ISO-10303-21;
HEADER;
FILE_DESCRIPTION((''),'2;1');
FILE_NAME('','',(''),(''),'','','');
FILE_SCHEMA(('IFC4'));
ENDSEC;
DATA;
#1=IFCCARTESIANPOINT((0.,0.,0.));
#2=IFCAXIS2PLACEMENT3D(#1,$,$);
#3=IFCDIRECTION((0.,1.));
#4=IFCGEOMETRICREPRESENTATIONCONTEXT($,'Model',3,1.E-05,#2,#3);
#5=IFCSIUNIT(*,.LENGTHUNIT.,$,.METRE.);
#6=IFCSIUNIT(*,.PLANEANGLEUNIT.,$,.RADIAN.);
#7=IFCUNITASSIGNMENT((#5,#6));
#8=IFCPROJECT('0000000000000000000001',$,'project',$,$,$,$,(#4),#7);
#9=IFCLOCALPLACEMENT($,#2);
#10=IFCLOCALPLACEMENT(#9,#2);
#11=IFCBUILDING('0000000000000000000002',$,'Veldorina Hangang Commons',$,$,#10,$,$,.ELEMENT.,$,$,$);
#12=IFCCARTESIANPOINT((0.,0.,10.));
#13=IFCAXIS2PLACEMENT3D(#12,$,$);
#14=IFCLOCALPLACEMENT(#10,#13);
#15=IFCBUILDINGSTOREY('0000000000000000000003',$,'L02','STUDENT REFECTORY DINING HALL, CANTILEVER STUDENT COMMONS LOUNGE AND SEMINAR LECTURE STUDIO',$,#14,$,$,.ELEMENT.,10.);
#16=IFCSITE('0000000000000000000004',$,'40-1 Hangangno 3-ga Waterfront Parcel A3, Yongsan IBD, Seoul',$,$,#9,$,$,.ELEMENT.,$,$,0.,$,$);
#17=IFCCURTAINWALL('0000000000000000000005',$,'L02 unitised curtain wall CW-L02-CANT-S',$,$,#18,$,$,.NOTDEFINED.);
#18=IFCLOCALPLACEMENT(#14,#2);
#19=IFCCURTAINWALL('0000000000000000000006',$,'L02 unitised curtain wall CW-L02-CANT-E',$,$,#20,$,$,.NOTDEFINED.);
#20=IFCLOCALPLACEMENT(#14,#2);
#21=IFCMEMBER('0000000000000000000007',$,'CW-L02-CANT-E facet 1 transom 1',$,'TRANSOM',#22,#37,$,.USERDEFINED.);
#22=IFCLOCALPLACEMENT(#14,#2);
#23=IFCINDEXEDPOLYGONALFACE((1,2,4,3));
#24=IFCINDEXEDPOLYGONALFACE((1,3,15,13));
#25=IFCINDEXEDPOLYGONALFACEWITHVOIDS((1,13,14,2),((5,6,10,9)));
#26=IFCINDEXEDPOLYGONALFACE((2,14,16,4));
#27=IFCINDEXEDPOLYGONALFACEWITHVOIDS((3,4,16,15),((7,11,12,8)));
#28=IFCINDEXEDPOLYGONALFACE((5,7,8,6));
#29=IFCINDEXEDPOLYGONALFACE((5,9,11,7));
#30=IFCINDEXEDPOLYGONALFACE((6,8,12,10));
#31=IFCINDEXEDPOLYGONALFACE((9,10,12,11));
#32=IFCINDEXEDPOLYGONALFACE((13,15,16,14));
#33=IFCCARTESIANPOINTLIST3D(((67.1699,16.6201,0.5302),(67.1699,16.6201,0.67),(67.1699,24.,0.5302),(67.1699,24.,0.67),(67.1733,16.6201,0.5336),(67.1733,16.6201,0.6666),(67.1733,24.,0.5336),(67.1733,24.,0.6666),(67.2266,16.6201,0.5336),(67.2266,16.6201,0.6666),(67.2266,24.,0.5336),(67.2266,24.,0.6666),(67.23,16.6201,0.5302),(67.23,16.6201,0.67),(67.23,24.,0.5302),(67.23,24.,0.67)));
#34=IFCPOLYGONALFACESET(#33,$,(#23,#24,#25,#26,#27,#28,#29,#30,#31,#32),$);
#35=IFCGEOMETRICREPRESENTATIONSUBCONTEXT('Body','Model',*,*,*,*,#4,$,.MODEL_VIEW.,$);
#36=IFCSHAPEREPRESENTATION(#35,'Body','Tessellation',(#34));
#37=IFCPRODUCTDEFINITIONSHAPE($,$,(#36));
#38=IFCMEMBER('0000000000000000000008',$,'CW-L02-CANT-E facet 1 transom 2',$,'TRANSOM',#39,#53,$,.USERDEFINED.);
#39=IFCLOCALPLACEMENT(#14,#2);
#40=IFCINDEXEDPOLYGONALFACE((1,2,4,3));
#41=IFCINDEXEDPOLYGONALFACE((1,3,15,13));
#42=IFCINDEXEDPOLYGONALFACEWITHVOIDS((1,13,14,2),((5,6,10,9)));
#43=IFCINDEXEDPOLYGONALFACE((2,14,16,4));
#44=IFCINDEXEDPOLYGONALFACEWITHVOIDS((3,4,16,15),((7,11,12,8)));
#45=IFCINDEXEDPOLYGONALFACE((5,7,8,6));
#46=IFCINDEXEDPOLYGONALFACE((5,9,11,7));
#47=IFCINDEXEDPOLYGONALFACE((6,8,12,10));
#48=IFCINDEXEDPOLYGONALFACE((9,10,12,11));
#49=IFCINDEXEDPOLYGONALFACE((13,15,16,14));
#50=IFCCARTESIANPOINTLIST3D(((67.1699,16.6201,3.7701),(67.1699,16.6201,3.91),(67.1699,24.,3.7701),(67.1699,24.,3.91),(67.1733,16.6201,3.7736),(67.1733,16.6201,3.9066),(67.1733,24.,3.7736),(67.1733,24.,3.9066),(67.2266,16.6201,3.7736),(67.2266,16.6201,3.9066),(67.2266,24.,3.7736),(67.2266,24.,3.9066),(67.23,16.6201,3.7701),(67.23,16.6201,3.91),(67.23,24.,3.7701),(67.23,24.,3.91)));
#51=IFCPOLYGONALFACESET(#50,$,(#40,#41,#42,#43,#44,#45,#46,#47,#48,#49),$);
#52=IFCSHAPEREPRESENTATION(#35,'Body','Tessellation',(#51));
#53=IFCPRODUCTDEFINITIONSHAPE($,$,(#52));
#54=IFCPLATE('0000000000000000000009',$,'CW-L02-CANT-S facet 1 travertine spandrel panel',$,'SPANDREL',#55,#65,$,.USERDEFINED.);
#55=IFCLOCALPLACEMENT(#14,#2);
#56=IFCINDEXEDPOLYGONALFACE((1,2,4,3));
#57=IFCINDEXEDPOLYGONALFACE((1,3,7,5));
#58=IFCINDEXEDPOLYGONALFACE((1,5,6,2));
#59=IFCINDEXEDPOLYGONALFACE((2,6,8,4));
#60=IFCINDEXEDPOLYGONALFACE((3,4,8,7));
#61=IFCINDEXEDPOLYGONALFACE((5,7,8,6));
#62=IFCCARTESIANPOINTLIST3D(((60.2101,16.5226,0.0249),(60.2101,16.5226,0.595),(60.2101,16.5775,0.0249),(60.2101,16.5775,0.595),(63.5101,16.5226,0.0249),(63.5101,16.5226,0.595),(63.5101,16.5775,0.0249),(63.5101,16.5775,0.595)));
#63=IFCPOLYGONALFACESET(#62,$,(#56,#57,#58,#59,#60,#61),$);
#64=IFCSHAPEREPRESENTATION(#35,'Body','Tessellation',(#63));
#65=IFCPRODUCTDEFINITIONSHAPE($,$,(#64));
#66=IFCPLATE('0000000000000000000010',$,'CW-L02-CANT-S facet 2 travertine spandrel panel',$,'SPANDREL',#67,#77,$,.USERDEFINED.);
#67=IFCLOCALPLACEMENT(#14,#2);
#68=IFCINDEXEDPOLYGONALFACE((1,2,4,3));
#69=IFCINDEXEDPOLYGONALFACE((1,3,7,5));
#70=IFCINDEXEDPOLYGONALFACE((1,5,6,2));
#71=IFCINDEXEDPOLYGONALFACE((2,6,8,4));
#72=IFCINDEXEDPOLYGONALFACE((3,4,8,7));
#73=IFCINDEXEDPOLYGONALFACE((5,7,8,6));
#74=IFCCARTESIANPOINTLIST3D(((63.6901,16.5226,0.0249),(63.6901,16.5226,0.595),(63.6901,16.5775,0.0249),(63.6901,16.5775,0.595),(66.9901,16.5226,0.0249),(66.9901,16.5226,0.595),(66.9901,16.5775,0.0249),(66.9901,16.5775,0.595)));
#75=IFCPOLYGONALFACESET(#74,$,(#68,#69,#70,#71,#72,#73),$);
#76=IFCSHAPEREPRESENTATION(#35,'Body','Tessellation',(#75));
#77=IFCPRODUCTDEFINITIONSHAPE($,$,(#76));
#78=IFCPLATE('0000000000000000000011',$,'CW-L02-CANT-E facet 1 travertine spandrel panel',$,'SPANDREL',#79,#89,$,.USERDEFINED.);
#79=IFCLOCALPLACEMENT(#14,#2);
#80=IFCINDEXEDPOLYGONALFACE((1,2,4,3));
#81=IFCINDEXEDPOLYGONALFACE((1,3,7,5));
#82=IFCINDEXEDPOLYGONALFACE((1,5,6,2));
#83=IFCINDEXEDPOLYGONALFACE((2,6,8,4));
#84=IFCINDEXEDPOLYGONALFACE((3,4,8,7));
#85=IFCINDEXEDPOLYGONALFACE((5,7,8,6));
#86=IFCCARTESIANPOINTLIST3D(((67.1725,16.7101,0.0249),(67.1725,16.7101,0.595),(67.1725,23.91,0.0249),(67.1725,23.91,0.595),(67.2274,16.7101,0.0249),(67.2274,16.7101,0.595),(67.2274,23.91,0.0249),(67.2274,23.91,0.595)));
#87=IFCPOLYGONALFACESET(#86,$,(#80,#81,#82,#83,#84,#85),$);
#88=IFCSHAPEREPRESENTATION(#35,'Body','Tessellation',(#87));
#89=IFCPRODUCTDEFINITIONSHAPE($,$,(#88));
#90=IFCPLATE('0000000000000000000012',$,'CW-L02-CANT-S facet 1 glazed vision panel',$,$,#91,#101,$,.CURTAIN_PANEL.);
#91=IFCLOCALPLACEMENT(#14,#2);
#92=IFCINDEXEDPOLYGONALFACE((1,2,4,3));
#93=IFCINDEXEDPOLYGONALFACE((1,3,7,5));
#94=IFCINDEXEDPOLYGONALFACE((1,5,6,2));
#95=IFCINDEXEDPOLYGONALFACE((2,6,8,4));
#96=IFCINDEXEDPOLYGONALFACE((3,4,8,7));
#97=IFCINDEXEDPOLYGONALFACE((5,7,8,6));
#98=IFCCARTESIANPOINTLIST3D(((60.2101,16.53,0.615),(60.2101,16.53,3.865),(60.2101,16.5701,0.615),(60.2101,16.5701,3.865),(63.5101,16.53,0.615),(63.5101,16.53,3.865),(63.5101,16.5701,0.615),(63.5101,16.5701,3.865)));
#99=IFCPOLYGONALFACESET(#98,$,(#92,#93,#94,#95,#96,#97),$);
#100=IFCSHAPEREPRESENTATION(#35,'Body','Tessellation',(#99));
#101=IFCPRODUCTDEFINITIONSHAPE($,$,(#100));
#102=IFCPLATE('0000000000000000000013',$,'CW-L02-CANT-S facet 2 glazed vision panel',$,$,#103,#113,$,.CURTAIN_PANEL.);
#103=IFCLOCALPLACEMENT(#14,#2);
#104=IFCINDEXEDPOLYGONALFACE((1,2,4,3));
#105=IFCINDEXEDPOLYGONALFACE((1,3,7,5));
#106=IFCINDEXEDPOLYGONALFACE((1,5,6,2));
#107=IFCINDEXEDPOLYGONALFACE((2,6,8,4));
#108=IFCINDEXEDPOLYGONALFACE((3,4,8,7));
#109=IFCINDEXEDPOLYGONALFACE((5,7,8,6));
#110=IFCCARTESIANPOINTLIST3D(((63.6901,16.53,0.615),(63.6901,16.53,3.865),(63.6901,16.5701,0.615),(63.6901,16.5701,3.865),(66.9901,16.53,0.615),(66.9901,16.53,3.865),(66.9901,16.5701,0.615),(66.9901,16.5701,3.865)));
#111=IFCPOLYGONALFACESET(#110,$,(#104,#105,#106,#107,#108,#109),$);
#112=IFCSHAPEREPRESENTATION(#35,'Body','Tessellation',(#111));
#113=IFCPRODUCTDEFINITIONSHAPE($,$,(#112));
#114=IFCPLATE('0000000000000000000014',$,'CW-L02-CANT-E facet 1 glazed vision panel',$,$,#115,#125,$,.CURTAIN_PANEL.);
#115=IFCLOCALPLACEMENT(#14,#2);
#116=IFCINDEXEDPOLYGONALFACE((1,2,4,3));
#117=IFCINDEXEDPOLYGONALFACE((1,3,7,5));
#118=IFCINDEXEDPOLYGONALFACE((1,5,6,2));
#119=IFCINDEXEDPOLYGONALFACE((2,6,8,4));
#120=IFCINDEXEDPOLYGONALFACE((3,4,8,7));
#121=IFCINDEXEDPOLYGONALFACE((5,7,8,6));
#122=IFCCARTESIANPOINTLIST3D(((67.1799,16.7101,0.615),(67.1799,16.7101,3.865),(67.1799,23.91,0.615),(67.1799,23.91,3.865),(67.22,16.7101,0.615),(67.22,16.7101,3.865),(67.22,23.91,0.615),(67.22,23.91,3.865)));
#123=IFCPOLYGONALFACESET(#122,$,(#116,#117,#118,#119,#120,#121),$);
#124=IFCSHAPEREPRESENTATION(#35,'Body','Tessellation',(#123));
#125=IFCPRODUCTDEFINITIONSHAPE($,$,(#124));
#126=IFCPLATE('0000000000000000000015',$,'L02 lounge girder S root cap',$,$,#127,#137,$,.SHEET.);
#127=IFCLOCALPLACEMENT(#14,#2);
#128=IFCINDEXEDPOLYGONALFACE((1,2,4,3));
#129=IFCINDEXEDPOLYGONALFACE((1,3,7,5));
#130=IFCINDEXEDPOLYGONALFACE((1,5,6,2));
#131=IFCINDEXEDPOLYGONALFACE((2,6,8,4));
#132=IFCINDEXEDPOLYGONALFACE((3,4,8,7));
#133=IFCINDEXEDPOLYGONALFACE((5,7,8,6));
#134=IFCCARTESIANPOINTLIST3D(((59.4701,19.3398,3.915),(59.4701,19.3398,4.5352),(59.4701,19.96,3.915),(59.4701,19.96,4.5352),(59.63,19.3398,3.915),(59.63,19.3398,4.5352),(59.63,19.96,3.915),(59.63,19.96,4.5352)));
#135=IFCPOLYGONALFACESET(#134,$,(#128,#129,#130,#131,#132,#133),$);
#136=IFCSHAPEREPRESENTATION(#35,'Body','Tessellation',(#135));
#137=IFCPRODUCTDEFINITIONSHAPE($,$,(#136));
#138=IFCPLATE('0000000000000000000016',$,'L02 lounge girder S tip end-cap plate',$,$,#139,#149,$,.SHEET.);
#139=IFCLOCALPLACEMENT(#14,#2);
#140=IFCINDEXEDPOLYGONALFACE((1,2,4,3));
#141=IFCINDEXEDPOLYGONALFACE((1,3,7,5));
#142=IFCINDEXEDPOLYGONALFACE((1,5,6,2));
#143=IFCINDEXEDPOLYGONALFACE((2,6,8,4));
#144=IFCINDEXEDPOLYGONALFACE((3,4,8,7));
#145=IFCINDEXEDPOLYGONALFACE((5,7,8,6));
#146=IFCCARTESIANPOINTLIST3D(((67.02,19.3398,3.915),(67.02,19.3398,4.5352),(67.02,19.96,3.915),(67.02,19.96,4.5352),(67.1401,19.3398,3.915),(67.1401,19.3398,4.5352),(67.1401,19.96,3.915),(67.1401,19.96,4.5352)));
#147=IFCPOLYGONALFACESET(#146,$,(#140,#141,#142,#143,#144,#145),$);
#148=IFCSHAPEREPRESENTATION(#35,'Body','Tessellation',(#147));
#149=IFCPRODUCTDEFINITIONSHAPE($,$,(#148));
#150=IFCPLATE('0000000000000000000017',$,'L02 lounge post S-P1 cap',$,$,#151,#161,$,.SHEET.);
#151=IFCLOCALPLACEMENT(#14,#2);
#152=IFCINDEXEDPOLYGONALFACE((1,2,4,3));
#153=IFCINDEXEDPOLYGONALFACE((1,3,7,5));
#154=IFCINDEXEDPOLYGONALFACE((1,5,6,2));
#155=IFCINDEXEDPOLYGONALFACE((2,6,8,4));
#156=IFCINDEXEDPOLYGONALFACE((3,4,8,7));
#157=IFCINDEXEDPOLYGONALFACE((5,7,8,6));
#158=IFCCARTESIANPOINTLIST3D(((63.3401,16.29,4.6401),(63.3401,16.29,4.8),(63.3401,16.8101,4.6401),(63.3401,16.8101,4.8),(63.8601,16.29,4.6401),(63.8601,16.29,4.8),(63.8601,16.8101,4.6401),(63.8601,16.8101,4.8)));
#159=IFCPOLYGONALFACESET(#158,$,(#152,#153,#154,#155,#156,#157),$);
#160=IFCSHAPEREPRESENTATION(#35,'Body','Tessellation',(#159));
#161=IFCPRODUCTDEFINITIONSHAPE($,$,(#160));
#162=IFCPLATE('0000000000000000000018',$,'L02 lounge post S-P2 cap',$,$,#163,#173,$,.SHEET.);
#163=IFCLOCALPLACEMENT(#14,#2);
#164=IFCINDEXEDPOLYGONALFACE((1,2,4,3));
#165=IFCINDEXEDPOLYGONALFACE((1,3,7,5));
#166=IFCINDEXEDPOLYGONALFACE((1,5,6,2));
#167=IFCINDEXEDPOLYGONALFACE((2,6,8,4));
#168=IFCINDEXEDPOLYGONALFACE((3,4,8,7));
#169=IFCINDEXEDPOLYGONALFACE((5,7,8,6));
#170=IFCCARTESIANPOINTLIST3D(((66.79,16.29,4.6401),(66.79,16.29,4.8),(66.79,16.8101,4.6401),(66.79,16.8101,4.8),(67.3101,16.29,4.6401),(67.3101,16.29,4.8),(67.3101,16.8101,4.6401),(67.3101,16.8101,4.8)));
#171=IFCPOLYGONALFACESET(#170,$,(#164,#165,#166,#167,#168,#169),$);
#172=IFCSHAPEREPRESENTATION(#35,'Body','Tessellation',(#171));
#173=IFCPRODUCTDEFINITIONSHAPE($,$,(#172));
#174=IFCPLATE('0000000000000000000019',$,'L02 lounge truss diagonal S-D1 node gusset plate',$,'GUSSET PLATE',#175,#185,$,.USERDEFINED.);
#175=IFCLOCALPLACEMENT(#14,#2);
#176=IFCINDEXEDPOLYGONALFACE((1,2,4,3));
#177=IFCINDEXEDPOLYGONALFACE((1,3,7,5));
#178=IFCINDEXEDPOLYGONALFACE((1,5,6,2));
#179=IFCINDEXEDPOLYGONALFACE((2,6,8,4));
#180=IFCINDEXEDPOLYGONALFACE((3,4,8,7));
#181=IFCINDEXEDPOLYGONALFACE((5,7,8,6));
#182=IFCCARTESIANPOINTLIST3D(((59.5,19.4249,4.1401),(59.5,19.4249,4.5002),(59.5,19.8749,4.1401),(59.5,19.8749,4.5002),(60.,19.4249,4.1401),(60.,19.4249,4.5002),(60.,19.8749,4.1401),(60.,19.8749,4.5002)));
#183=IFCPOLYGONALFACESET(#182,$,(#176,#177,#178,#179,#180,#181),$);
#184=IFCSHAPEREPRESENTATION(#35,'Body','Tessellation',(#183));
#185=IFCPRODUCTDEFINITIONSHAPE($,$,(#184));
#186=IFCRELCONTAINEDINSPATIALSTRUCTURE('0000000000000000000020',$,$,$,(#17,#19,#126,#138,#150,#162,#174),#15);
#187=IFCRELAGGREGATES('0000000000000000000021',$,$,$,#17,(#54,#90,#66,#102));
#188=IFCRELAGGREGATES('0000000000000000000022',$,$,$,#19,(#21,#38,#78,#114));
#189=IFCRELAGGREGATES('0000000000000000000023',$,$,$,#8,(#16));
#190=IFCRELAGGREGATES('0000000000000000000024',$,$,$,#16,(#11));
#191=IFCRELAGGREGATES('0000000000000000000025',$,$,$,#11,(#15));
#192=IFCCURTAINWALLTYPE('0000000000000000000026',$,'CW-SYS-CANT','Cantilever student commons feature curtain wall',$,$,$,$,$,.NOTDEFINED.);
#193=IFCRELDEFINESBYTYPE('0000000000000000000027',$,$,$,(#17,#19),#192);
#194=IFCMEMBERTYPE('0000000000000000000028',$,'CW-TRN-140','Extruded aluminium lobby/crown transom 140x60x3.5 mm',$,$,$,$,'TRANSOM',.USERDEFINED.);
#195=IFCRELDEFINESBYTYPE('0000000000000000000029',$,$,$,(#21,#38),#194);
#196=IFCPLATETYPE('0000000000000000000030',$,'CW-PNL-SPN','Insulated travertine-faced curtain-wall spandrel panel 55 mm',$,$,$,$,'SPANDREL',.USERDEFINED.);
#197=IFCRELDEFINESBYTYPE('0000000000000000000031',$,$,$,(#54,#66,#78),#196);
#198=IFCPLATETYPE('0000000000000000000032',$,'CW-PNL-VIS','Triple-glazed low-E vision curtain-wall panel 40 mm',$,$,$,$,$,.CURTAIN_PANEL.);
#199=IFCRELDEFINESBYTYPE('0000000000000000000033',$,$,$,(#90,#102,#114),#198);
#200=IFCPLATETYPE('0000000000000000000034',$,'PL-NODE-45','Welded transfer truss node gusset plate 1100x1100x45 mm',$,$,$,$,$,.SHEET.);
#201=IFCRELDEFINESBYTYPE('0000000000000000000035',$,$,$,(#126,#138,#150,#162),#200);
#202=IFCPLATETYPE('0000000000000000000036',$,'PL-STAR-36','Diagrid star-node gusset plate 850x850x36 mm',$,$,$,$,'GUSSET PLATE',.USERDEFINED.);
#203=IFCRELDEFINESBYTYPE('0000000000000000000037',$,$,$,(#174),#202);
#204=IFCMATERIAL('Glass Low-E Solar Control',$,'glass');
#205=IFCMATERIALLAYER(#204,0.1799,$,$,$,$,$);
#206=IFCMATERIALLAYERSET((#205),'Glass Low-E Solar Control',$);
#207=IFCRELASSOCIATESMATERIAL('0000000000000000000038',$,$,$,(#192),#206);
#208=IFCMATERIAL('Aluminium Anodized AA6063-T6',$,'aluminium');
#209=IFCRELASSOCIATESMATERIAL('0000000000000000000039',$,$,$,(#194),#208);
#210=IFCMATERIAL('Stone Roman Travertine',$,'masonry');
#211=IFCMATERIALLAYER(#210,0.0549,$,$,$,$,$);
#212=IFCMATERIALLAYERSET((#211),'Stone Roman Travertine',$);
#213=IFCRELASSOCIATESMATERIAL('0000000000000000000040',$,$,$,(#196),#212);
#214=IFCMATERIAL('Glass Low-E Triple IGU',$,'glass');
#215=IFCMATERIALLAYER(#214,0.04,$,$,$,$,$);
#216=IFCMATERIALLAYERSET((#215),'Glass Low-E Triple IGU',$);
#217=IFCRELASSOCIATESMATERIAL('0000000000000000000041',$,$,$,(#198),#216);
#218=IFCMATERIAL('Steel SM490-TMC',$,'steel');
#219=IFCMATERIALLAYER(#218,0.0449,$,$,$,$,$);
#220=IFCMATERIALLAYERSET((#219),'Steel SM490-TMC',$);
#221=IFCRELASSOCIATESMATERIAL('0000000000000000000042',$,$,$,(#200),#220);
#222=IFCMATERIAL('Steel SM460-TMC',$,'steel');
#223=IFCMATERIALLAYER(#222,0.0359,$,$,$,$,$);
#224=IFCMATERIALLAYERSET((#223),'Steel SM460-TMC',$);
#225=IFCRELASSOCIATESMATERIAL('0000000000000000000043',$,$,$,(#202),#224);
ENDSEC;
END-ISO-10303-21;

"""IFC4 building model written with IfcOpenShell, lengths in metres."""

from ifc_helpers import new_model, si_unit, direction, frame, origin, origin_2d, place, context, subcontext, project, spatial, rectangle, hollow_rectangle, extrude, material, layer, layer_set, material_profile, profile_set, type_object, element, aggregate, save


model = new_model("IFC4")

# Units and contexts
model_context = context("Model", 3, precision=1e-05, world=origin(), true_north=direction((0.0, 1.0)))
body_context = subcontext(model_context, "Body", "Model", "MODEL_VIEW")
ifc_project = project(units=[si_unit("LENGTHUNIT", "METRE"), si_unit("PLANEANGLEUNIT", "RADIAN")], contexts=[model_context])

# Site, building, storey
site_placement = place(None, origin())
site = spatial("IfcSite", under=ifc_project, at=site_placement, Name="40-1 Hangangno 3-ga Waterfront Parcel A3, Yongsan IBD, Seoul", CompositionType="ELEMENT", RefElevation=0.0)
building_placement = place(site_placement, origin())
building = spatial("IfcBuilding", under=site, at=building_placement, Name="Veldorina Hangang Commons", CompositionType="ELEMENT")
storey_placement = place(building_placement, frame((0.0, 0.0, 10.0)))
storey = spatial("IfcBuildingStorey", under=building, at=storey_placement, Name="L02", Description="STUDENT REFECTORY DINING HALL, CANTILEVER STUDENT COMMONS LOUNGE AND SEMINAR LECTURE STUDIO", CompositionType="ELEMENT", Elevation=10.0)

# Curtain wall
ifc_material_1 = material(Name="Glass Low-E Solar Control", Category="glass")
ifc_layer_1 = layer(ifc_material_1, 0.1799)
ifc_layer_set_1 = layer_set([ifc_layer_1], Name="Glass Low-E Solar Control")
curtain_wall_type = type_object("IfcCurtainWallType", Name="CW-SYS-CANT", Description="Cantilever student commons feature curtain wall", PredefinedType="NOTDEFINED", material=ifc_layer_set_1)
curtain_wall_1_placement = place(storey_placement, origin())
curtain_wall_1 = element("IfcCurtainWall", 1, at=curtain_wall_1_placement, inside=storey, type_object=curtain_wall_type, Name="L02 unitised curtain wall CW-L02-CANT-S", PredefinedType="NOTDEFINED")
ifc_material_2 = material(Name="Aluminium Anodized AA6063-T6", Category="aluminium")

# Curtain wall
curtain_wall_2_placement = place(storey_placement, origin())
curtain_wall_2 = element("IfcCurtainWall", 2, at=curtain_wall_2_placement, inside=storey, type_object=curtain_wall_type, Name="L02 unitised curtain wall CW-L02-CANT-E", PredefinedType="NOTDEFINED")

# Members
ifc_material_profile_1 = material_profile(ifc_material_2, hollow_rectangle(XDim=0.0601, YDim=0.1399, WallThickness=0.0034, at=origin_2d()), Name="ALU-RHS-140x60x3.5")
ifc_profile_set_1 = profile_set([ifc_material_profile_1], Name="Aluminium Anodized AA6063-T6")
member_type_1 = type_object("IfcMemberType", Name="CW-TRN-140", Description="Extruded aluminium lobby/crown transom 140x60x3.5 mm", ElementType="TRANSOM", PredefinedType="USERDEFINED", material=ifc_profile_set_1)
member_1_placement = place(storey_placement, frame((67.2, 16.6201, 0.6001), z_axis=(0.0, 1.0, 0.0), x_axis=(-1.0, 0.0, 0.0)))
member_1 = element("IfcMember", 3, at=member_1_placement, type_object=member_type_1, Name="CW-L02-CANT-E facet 1 transom 1", ObjectType="TRANSOM", PredefinedType="USERDEFINED", context=body_context, shape_type="SweptSolid", body=[
    extrude(hollow_rectangle(XDim=0.0601, YDim=0.1399, WallThickness=0.0034, at=origin_2d()), origin(), (0.0, 0.0, 1.0), 7.3799),
])
member_2_placement = place(storey_placement, frame((67.2, 16.6201, 3.8401), z_axis=(0.0, 1.0, 0.0), x_axis=(-1.0, 0.0, 0.0)))
member_2 = element("IfcMember", 4, at=member_2_placement, type_object=member_type_1, Name="CW-L02-CANT-E facet 1 transom 2", ObjectType="TRANSOM", PredefinedType="USERDEFINED", context=body_context, shape_type="SweptSolid", body=[
    extrude(hollow_rectangle(XDim=0.0601, YDim=0.1399, WallThickness=0.0034, at=origin_2d()), origin(), (0.0, 0.0, 1.0), 7.3799),
])

# Plates
ifc_material_3 = material(Name="Stone Roman Travertine", Category="masonry")
ifc_layer_2 = layer(ifc_material_3, 0.0549)
ifc_layer_set_2 = layer_set([ifc_layer_2], Name="Stone Roman Travertine")
plate_type_1 = type_object("IfcPlateType", Name="CW-PNL-SPN", Description="Insulated travertine-faced curtain-wall spandrel panel 55 mm", ElementType="SPANDREL", PredefinedType="USERDEFINED", material=ifc_layer_set_2)
plate_1_placement = place(storey_placement, frame((61.8601, 16.55, 0.0249), z_axis=(0.0, 0.0, 1.0), x_axis=(1.0, 0.0, 0.0)))
plate_1 = element("IfcPlate", 5, at=plate_1_placement, type_object=plate_type_1, Name="CW-L02-CANT-S facet 1 travertine spandrel panel", ObjectType="SPANDREL", PredefinedType="USERDEFINED", context=body_context, shape_type="SweptSolid", body=[
    extrude(rectangle(XDim=3.3, YDim=0.0549, at=origin_2d()), origin(), (0.0, 0.0, 1.0), 0.5701),
])
plate_2_placement = place(storey_placement, frame((65.3401, 16.55, 0.0249), z_axis=(0.0, 0.0, 1.0), x_axis=(1.0, 0.0, 0.0)))
plate_2 = element("IfcPlate", 6, at=plate_2_placement, type_object=plate_type_1, Name="CW-L02-CANT-S facet 2 travertine spandrel panel", ObjectType="SPANDREL", PredefinedType="USERDEFINED", context=body_context, shape_type="SweptSolid", body=[
    extrude(rectangle(XDim=3.3, YDim=0.0549, at=origin_2d()), origin(), (0.0, 0.0, 1.0), 0.5701),
])
plate_3_placement = place(storey_placement, frame((67.2, 20.3101, 0.0249), z_axis=(0.0, 0.0, 1.0), x_axis=(0.0, 1.0, 0.0)))
plate_3 = element("IfcPlate", 7, at=plate_3_placement, type_object=plate_type_1, Name="CW-L02-CANT-E facet 1 travertine spandrel panel", ObjectType="SPANDREL", PredefinedType="USERDEFINED", context=body_context, shape_type="SweptSolid", body=[
    extrude(rectangle(XDim=7.2, YDim=0.0549, at=origin_2d()), origin(), (0.0, 0.0, 1.0), 0.5701),
])
ifc_material_4 = material(Name="Glass Low-E Triple IGU", Category="glass")
ifc_layer_3 = layer(ifc_material_4, 0.04)
ifc_layer_set_3 = layer_set([ifc_layer_3], Name="Glass Low-E Triple IGU")
plate_type_2 = type_object("IfcPlateType", Name="CW-PNL-VIS", Description="Triple-glazed low-E vision curtain-wall panel 40 mm", PredefinedType="CURTAIN_PANEL", material=ifc_layer_set_3)
plate_4_placement = place(storey_placement, frame((61.8601, 16.55, 0.615), z_axis=(0.0, 0.0, 1.0), x_axis=(1.0, 0.0, 0.0)))
plate_4 = element("IfcPlate", 8, at=plate_4_placement, type_object=plate_type_2, Name="CW-L02-CANT-S facet 1 glazed vision panel", PredefinedType="CURTAIN_PANEL", context=body_context, shape_type="SweptSolid", body=[
    extrude(rectangle(XDim=3.3, YDim=0.04, at=origin_2d()), origin(), (0.0, 0.0, 1.0), 3.25),
])
plate_5_placement = place(storey_placement, frame((65.3401, 16.55, 0.615), z_axis=(0.0, 0.0, 1.0), x_axis=(1.0, 0.0, 0.0)))
plate_5 = element("IfcPlate", 9, at=plate_5_placement, type_object=plate_type_2, Name="CW-L02-CANT-S facet 2 glazed vision panel", PredefinedType="CURTAIN_PANEL", context=body_context, shape_type="SweptSolid", body=[
    extrude(rectangle(XDim=3.3, YDim=0.04, at=origin_2d()), origin(), (0.0, 0.0, 1.0), 3.25),
])
aggregate(curtain_wall_1, [plate_1, plate_4, plate_2, plate_5])
plate_6_placement = place(storey_placement, frame((67.2, 20.3101, 0.615), z_axis=(0.0, 0.0, 1.0), x_axis=(0.0, 1.0, 0.0)))
plate_6 = element("IfcPlate", 10, at=plate_6_placement, type_object=plate_type_2, Name="CW-L02-CANT-E facet 1 glazed vision panel", PredefinedType="CURTAIN_PANEL", context=body_context, shape_type="SweptSolid", body=[
    extrude(rectangle(XDim=7.2, YDim=0.04, at=origin_2d()), origin(), (0.0, 0.0, 1.0), 3.25),
])
aggregate(curtain_wall_2, [member_1, member_2, plate_3, plate_6])

# Plates
ifc_material_5 = material(Name="Steel SM490-TMC", Category="steel")
ifc_layer_4 = layer(ifc_material_5, 0.0449)
ifc_layer_set_4 = layer_set([ifc_layer_4], Name="Steel SM490-TMC")
plate_type_3 = type_object("IfcPlateType", Name="PL-NODE-45", Description="Welded transfer truss node gusset plate 1100x1100x45 mm", PredefinedType="SHEET", material=ifc_layer_set_4)
plate_7_placement = place(storey_placement, frame((59.55, 19.6499, 3.915), z_axis=(0.0, 0.0, 1.0), x_axis=(1.0, 0.0, 0.0)))
element("IfcPlate", 11, at=plate_7_placement, inside=storey, type_object=plate_type_3, Name="L02 lounge girder S root cap", PredefinedType="SHEET", context=body_context, shape_type="SweptSolid", body=[
    extrude(rectangle(XDim=0.1599, YDim=0.6201, at=origin_2d()), origin(), (0.0, 0.0, 1.0), 0.6201),
])
plate_8_placement = place(storey_placement, frame((67.0801, 19.6499, 3.915), z_axis=(0.0, 0.0, 1.0), x_axis=(1.0, 0.0, 0.0)))
element("IfcPlate", 12, at=plate_8_placement, inside=storey, type_object=plate_type_3, Name="L02 lounge girder S tip end-cap plate", PredefinedType="SHEET", context=body_context, shape_type="SweptSolid", body=[
    extrude(rectangle(XDim=0.1201, YDim=0.6201, at=origin_2d()), origin(), (0.0, 0.0, 1.0), 0.6201),
])
for number, where, z_axis, x_axis, name in (
    (13, (63.6001, 16.55, 4.6401), (0.0, 0.0, 1.0), (1.0, 0.0, 0.0), "L02 lounge post S-P1 cap"),
    (14, (67.05, 16.55, 4.6401), (0.0, 0.0, 1.0), (1.0, 0.0, 0.0), "L02 lounge post S-P2 cap"),
):
    element("IfcPlate", number, at=place(storey_placement, frame(where, z_axis=z_axis, x_axis=x_axis)), inside=storey, type_object=plate_type_3, Name=name, PredefinedType="SHEET", context=body_context, shape_type="SweptSolid", body=[
        extrude(rectangle(XDim=0.52, YDim=0.52, at=origin_2d()), origin(), (0.0, 0.0, 1.0), 0.1599),
    ])
ifc_material_6 = material(Name="Steel SM460-TMC", Category="steel")
ifc_layer_5 = layer(ifc_material_6, 0.0359)
ifc_layer_set_5 = layer_set([ifc_layer_5], Name="Steel SM460-TMC")
plate_type_4 = type_object("IfcPlateType", Name="PL-STAR-36", Description="Diagrid star-node gusset plate 850x850x36 mm", ElementType="GUSSET PLATE", PredefinedType="USERDEFINED", material=ifc_layer_set_5)
plate_9_placement = place(storey_placement, frame((59.75, 19.6499, 4.1401), z_axis=(0.0, 0.0, 1.0), x_axis=(1.0, 0.0, 0.0)))
element("IfcPlate", 15, at=plate_9_placement, inside=storey, type_object=plate_type_4, Name="L02 lounge truss diagonal S-D1 node gusset plate", ObjectType="GUSSET PLATE", PredefinedType="USERDEFINED", context=body_context, shape_type="SweptSolid", body=[
    extrude(rectangle(XDim=0.5, YDim=0.45, at=origin_2d()), origin(), (0.0, 0.0, 1.0), 0.3601),
])

save(model, "model.ifc")
